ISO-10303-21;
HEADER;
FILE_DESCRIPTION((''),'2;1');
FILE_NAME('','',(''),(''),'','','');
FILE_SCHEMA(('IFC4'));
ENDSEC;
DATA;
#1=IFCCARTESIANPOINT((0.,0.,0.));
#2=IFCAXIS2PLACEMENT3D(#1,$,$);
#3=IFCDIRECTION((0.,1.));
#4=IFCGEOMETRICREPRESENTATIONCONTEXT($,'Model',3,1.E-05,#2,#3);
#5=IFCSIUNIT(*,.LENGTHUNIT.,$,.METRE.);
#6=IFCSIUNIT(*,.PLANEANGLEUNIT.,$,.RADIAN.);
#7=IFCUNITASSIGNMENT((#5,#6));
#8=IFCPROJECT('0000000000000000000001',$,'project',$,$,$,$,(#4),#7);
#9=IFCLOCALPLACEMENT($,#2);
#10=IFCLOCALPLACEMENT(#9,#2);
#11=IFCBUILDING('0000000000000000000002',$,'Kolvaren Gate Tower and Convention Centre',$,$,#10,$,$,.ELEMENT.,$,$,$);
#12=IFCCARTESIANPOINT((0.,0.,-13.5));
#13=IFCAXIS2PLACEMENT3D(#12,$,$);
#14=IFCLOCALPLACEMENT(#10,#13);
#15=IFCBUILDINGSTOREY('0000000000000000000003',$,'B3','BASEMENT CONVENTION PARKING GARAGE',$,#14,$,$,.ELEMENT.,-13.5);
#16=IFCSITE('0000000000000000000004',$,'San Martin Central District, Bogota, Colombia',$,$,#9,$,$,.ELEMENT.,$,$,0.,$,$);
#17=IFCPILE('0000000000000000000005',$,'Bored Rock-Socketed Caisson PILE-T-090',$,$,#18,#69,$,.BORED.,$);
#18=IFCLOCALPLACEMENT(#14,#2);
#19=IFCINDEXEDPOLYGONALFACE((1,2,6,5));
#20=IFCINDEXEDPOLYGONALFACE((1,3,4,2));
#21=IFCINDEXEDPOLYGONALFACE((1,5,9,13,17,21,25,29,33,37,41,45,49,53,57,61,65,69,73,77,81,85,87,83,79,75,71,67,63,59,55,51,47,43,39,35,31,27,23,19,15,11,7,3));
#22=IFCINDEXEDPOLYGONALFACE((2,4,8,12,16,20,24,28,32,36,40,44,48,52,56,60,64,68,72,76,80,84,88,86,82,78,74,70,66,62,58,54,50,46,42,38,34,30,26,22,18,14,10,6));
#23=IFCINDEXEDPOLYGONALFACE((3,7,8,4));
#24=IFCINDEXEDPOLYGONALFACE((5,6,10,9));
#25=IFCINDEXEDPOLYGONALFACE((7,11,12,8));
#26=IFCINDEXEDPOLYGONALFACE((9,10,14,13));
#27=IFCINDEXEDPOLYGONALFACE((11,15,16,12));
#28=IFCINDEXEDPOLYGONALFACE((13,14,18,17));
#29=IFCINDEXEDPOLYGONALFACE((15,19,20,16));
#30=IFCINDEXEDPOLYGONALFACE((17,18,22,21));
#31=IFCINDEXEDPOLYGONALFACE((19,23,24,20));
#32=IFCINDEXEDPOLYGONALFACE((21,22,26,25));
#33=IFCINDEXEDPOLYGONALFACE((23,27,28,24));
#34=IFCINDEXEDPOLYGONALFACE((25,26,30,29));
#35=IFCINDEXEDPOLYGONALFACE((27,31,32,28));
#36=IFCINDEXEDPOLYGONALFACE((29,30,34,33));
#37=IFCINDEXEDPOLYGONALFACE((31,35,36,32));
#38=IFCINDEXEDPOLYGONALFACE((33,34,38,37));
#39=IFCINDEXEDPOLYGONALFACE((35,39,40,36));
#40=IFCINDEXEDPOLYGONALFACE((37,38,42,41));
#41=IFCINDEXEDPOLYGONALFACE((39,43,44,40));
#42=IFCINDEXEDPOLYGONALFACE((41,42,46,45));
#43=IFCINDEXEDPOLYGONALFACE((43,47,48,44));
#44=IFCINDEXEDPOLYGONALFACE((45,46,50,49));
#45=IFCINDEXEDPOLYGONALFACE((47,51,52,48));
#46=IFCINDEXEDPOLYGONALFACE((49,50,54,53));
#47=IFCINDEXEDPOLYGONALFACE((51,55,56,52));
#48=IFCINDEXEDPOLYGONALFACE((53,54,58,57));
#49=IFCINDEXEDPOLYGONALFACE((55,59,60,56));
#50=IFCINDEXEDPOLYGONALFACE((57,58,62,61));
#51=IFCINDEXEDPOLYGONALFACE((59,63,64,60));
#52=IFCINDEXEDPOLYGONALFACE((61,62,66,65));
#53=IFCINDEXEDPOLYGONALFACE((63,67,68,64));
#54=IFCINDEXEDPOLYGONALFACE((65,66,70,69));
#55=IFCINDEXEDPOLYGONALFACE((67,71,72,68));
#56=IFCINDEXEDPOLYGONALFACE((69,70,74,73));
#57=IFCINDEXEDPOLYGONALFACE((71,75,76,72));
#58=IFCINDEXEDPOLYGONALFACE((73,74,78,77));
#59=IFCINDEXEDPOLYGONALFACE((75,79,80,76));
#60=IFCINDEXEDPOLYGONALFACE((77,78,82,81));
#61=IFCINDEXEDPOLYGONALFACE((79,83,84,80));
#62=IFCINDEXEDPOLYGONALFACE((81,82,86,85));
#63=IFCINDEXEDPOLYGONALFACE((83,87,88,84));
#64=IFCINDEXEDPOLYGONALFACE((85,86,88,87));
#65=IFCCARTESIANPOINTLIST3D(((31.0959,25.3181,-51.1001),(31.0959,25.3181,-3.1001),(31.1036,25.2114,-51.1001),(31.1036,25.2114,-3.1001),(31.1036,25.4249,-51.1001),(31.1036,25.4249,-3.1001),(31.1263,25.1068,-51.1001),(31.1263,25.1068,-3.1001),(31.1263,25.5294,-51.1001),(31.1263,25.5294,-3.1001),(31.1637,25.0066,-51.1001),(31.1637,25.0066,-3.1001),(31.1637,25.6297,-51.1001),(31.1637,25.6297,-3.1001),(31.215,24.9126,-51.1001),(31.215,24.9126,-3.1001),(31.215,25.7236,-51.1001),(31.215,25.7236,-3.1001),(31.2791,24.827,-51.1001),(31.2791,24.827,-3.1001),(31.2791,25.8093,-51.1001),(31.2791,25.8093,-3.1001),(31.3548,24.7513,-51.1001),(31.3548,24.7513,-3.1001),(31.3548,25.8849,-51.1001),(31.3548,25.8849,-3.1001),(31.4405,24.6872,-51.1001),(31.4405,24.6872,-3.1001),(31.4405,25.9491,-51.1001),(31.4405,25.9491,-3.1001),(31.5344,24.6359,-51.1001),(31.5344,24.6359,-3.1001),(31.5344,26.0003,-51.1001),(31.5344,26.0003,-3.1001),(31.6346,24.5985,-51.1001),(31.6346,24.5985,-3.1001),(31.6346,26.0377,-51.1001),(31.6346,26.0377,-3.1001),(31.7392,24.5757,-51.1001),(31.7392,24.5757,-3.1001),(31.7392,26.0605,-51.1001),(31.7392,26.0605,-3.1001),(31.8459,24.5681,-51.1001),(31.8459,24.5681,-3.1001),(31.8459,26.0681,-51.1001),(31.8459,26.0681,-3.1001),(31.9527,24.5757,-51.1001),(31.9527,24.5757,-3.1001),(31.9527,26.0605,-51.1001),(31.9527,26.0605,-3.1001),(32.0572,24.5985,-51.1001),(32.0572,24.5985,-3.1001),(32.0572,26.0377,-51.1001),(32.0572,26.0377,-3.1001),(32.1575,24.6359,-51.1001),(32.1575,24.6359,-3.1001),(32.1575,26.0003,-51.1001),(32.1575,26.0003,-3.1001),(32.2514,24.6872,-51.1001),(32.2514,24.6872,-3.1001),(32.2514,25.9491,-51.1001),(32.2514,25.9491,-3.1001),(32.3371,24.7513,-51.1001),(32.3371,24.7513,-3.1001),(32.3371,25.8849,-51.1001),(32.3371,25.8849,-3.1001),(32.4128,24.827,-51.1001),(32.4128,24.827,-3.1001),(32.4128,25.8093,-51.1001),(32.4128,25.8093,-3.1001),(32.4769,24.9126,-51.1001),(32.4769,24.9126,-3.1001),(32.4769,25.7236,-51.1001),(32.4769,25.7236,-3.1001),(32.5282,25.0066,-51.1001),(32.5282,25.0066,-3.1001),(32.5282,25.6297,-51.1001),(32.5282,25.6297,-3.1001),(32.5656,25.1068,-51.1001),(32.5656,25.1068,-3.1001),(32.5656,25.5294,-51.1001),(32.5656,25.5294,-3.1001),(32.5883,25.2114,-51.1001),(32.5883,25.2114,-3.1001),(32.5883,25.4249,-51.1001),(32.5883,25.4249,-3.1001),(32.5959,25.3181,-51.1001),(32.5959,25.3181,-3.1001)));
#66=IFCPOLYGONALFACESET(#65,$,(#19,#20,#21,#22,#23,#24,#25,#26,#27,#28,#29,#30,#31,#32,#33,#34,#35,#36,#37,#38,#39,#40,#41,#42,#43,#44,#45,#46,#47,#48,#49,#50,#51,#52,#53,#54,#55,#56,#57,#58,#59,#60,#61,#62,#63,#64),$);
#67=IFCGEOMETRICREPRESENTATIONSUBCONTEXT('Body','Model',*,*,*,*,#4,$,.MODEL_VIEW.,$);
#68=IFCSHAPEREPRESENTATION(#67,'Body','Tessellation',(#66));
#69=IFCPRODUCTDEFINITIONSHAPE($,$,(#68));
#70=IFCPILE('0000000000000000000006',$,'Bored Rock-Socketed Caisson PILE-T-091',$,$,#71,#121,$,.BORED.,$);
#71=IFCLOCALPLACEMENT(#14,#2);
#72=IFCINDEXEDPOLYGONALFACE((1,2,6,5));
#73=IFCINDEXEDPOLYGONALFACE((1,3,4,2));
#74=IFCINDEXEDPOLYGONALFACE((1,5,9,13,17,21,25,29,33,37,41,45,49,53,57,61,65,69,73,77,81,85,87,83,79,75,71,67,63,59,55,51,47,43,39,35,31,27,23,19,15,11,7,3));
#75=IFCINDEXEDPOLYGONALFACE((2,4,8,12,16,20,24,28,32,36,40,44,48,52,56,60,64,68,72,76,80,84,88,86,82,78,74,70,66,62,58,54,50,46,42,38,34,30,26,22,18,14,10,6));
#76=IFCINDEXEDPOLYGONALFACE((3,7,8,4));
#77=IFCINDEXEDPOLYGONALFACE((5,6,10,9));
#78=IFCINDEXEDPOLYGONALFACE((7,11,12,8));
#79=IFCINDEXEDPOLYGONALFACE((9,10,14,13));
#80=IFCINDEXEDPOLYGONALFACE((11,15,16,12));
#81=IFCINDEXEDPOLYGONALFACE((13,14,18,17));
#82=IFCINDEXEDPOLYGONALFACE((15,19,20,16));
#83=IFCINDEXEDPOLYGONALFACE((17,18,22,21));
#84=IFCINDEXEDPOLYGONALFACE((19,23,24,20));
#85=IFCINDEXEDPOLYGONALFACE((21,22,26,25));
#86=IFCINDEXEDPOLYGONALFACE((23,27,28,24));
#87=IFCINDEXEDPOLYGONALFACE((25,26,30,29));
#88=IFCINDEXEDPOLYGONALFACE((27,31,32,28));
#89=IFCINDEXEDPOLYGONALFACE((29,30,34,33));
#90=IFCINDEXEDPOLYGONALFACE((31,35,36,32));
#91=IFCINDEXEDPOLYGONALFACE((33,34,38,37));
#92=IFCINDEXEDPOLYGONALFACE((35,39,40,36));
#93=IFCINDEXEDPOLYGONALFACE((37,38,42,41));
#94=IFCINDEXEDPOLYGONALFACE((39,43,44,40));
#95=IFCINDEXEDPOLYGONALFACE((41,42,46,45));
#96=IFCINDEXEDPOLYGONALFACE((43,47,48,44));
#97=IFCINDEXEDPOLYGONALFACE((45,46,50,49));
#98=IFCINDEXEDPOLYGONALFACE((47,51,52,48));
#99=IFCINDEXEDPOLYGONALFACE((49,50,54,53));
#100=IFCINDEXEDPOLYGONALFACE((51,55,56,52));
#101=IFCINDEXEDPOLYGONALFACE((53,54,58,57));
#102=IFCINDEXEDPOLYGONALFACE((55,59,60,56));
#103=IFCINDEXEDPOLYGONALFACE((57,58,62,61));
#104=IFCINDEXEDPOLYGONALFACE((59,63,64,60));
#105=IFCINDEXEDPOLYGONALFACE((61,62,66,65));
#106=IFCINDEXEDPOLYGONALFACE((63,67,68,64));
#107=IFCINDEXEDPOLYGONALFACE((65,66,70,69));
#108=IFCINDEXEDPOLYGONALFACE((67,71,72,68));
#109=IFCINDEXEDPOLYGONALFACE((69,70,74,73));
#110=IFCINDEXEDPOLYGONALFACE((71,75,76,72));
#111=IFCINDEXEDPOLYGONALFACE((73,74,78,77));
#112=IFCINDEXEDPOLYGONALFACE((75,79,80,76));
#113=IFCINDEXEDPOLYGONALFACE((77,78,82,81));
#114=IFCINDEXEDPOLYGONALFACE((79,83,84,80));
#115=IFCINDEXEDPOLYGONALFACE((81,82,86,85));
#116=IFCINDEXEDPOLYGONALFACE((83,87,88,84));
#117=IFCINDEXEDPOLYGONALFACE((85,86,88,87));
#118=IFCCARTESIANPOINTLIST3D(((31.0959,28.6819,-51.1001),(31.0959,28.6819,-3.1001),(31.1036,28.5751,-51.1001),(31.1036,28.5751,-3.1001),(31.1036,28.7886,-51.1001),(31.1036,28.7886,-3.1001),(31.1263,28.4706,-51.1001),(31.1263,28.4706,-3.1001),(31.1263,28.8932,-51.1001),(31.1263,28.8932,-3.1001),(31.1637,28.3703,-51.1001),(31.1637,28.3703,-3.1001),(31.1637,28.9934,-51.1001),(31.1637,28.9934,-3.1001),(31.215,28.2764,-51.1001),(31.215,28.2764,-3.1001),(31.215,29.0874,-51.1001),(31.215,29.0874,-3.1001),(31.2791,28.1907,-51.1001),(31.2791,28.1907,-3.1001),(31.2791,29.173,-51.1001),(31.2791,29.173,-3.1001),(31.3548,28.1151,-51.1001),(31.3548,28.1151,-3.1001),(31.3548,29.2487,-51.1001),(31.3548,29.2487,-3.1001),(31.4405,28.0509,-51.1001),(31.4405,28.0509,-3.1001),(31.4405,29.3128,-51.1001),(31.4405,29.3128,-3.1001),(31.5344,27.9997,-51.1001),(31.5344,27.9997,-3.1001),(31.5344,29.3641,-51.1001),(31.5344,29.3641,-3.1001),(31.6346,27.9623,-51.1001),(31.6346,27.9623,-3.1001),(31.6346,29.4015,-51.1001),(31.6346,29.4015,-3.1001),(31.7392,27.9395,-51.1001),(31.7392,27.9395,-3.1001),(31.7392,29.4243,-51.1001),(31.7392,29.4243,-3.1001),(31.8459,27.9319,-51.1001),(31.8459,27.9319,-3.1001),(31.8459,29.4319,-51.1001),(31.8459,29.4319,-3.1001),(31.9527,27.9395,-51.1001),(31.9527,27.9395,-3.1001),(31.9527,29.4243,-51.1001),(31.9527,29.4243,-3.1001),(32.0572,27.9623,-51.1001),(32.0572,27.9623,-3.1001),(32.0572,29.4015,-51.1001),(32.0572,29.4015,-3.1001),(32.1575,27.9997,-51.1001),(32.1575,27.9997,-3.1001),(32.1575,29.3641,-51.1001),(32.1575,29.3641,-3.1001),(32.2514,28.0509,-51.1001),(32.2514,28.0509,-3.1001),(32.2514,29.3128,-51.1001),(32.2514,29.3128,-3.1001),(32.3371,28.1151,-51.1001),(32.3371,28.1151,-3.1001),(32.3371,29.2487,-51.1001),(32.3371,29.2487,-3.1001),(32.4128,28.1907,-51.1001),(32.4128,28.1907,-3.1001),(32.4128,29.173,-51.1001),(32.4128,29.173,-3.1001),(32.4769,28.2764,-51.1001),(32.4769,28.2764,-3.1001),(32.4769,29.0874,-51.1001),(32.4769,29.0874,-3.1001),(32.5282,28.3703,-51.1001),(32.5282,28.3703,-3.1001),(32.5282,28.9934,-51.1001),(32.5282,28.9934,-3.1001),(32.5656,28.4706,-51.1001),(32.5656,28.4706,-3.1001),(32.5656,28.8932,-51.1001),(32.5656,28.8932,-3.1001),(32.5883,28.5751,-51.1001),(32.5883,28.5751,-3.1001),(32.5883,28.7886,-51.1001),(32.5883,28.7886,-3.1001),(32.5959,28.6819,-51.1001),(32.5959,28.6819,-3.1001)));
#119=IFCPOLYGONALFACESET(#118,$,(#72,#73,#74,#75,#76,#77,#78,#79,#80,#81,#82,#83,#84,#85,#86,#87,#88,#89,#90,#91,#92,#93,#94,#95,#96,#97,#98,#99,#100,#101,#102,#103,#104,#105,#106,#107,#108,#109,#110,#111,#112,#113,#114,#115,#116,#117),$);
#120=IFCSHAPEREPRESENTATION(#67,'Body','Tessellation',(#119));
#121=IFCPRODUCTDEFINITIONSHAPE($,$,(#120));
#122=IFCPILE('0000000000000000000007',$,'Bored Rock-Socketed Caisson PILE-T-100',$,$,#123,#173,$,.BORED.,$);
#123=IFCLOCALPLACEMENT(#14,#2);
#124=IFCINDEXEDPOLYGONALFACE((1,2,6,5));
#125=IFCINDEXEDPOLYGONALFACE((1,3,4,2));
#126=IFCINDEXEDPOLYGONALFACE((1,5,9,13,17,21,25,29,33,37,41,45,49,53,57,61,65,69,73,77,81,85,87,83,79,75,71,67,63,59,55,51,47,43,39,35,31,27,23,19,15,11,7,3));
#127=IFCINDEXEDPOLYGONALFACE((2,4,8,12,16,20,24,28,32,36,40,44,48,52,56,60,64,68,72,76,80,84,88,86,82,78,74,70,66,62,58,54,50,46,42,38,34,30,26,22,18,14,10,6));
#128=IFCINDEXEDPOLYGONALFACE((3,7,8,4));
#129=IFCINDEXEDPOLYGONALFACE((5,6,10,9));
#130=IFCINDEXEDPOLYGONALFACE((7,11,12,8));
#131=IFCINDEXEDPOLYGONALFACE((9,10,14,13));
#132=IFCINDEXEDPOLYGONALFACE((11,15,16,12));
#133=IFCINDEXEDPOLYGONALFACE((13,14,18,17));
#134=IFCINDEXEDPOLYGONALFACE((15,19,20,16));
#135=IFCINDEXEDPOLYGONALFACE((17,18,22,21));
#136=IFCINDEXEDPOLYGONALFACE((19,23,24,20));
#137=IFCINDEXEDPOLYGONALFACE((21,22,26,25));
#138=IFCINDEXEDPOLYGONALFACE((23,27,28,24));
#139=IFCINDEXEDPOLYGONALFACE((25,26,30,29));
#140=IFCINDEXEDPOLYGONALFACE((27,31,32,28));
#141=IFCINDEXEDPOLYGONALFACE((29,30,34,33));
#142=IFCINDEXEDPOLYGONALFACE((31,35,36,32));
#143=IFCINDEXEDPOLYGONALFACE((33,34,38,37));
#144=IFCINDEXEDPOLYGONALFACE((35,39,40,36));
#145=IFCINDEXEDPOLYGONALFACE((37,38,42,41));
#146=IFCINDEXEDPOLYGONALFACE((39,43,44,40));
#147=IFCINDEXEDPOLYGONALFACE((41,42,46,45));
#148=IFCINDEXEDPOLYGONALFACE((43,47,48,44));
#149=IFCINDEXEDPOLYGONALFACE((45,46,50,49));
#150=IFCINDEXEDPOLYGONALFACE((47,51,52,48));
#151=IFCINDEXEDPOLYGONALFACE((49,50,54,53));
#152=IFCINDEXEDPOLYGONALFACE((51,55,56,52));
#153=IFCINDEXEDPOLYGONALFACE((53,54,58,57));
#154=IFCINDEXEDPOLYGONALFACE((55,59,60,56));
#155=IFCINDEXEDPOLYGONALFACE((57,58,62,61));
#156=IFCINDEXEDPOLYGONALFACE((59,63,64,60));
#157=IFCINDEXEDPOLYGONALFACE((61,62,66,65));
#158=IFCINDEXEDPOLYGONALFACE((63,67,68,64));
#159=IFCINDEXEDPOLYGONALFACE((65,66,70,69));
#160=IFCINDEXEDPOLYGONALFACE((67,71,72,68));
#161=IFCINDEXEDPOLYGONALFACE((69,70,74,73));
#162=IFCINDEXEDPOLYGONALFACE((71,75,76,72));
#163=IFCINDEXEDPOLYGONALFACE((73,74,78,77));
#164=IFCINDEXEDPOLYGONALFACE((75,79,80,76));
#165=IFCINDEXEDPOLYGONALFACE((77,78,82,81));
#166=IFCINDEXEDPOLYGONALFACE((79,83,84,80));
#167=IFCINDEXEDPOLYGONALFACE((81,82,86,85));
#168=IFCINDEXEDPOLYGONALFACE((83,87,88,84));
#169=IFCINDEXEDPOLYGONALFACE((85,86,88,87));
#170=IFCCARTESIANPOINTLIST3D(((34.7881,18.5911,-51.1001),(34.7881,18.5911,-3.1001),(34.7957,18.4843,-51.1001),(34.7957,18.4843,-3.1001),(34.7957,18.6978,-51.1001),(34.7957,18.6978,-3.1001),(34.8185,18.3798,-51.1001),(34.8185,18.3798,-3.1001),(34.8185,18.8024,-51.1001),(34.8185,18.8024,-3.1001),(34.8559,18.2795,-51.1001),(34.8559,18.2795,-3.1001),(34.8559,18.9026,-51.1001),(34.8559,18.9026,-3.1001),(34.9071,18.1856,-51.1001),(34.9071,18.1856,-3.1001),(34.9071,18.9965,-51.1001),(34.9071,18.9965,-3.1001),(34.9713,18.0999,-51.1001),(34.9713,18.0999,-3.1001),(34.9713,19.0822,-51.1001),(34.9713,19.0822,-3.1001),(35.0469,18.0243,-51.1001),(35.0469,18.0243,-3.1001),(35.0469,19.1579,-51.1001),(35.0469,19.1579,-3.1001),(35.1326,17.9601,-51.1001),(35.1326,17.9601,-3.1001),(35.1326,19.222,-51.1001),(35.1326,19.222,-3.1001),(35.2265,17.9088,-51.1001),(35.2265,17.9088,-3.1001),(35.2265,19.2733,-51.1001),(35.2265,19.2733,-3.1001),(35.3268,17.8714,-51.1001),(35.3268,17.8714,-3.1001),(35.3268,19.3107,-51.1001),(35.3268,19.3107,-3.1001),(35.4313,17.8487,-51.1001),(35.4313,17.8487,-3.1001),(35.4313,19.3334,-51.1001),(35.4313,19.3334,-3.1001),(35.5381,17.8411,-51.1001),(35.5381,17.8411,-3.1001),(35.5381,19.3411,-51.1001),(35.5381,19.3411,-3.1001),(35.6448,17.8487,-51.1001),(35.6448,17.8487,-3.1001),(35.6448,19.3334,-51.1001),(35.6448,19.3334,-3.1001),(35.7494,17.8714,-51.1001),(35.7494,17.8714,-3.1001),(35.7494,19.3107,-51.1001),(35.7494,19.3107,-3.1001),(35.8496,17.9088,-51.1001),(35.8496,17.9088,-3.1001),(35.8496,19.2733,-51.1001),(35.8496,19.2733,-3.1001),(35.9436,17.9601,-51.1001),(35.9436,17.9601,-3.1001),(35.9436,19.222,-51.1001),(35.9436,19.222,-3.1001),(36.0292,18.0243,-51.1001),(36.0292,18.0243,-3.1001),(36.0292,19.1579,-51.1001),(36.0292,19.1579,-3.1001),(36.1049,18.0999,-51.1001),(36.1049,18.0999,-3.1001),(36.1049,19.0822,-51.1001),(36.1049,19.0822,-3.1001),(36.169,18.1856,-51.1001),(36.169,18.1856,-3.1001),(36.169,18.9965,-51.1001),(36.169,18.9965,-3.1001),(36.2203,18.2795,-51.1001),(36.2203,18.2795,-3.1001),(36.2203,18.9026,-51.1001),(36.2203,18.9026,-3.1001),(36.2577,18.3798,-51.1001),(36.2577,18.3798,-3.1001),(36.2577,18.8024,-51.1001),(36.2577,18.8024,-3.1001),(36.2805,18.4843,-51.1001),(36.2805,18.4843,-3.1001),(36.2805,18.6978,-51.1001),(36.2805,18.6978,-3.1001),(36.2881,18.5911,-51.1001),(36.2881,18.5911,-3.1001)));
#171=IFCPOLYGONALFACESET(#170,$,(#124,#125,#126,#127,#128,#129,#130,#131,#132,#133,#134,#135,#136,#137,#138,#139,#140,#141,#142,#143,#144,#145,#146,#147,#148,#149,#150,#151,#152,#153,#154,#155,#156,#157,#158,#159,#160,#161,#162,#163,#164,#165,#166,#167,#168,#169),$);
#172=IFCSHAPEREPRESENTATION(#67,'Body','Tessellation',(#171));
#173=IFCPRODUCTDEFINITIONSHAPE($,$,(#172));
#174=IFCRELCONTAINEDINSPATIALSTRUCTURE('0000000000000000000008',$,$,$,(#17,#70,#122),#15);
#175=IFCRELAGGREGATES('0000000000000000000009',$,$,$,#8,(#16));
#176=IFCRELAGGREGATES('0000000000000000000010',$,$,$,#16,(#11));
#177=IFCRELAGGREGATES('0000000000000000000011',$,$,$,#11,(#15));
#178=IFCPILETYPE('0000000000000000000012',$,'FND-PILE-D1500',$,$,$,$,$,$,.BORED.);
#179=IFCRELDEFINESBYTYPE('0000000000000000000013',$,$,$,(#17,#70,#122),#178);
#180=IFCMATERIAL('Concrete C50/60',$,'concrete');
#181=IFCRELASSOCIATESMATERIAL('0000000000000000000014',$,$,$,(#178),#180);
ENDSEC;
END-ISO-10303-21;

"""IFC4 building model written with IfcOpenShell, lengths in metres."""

from ifc_helpers import new_model, si_unit, direction, frame, origin, origin_2d, place, context, subcontext, project, spatial, circle, extrude, material, material_profile, profile_set, type_object, element, save


model = new_model("IFC4")

# Units and contexts
model_context = context("Model", 3, precision=1e-05, world=origin(), true_north=direction((0.0, 1.0)))
body_context = subcontext(model_context, "Body", "Model", "MODEL_VIEW")
ifc_project = project(units=[si_unit("LENGTHUNIT", "METRE"), si_unit("PLANEANGLEUNIT", "RADIAN")], contexts=[model_context])

# Site, building, storey
site_placement = place(None, origin())
site = spatial("IfcSite", under=ifc_project, at=site_placement, Name="San Martin Central District, Bogota, Colombia", CompositionType="ELEMENT", RefElevation=0.0)
building_placement = place(site_placement, origin())
building = spatial("IfcBuilding", under=site, at=building_placement, Name="Kolvaren Gate Tower and Convention Centre", CompositionType="ELEMENT")
storey_placement = place(building_placement, frame((0.0, 0.0, -13.5)))
storey = spatial("IfcBuildingStorey", under=building, at=storey_placement, Name="B3", Description="BASEMENT CONVENTION PARKING GARAGE", CompositionType="ELEMENT", Elevation=-13.5)

# Piles
ifc_material_1 = material(Name="Concrete C50/60", Category="concrete")
ifc_material_profile_1 = material_profile(ifc_material_1, circle(Radius=0.75, at=origin_2d()), Name="CAISSON-D1500")
ifc_profile_set_1 = profile_set([ifc_material_profile_1], Name="Concrete C50/60")
pile_type = type_object("IfcPileType", Name="FND-PILE-D1500", PredefinedType="BORED", material=ifc_profile_set_1)
for number, where, z_axis, x_axis, name in (
    (1, (31.8459, 25.3181, -3.1001), (0.0, 0.0, -1.0), (1.0, 0.0, 0.0), "Bored Rock-Socketed Caisson PILE-T-090"),
    (2, (31.8459, 28.6819, -3.1001), (0.0, 0.0, -1.0), (1.0, 0.0, 0.0), "Bored Rock-Socketed Caisson PILE-T-091"),
    (3, (35.5381, 18.5911, -3.1001), (0.0, 0.0, -1.0), (1.0, 0.0, 0.0), "Bored Rock-Socketed Caisson PILE-T-100"),
):
    element("IfcPile", number, at=place(storey_placement, frame(where, z_axis=z_axis, x_axis=x_axis)), inside=storey, type_object=pile_type, Name=name, PredefinedType="BORED", context=body_context, shape_type="SweptSolid", body=[
        extrude(circle(Radius=0.75, at=origin_2d()), origin(), (0.0, 0.0, 1.0), 48.0),
    ])

save(model, "model.ifc")
